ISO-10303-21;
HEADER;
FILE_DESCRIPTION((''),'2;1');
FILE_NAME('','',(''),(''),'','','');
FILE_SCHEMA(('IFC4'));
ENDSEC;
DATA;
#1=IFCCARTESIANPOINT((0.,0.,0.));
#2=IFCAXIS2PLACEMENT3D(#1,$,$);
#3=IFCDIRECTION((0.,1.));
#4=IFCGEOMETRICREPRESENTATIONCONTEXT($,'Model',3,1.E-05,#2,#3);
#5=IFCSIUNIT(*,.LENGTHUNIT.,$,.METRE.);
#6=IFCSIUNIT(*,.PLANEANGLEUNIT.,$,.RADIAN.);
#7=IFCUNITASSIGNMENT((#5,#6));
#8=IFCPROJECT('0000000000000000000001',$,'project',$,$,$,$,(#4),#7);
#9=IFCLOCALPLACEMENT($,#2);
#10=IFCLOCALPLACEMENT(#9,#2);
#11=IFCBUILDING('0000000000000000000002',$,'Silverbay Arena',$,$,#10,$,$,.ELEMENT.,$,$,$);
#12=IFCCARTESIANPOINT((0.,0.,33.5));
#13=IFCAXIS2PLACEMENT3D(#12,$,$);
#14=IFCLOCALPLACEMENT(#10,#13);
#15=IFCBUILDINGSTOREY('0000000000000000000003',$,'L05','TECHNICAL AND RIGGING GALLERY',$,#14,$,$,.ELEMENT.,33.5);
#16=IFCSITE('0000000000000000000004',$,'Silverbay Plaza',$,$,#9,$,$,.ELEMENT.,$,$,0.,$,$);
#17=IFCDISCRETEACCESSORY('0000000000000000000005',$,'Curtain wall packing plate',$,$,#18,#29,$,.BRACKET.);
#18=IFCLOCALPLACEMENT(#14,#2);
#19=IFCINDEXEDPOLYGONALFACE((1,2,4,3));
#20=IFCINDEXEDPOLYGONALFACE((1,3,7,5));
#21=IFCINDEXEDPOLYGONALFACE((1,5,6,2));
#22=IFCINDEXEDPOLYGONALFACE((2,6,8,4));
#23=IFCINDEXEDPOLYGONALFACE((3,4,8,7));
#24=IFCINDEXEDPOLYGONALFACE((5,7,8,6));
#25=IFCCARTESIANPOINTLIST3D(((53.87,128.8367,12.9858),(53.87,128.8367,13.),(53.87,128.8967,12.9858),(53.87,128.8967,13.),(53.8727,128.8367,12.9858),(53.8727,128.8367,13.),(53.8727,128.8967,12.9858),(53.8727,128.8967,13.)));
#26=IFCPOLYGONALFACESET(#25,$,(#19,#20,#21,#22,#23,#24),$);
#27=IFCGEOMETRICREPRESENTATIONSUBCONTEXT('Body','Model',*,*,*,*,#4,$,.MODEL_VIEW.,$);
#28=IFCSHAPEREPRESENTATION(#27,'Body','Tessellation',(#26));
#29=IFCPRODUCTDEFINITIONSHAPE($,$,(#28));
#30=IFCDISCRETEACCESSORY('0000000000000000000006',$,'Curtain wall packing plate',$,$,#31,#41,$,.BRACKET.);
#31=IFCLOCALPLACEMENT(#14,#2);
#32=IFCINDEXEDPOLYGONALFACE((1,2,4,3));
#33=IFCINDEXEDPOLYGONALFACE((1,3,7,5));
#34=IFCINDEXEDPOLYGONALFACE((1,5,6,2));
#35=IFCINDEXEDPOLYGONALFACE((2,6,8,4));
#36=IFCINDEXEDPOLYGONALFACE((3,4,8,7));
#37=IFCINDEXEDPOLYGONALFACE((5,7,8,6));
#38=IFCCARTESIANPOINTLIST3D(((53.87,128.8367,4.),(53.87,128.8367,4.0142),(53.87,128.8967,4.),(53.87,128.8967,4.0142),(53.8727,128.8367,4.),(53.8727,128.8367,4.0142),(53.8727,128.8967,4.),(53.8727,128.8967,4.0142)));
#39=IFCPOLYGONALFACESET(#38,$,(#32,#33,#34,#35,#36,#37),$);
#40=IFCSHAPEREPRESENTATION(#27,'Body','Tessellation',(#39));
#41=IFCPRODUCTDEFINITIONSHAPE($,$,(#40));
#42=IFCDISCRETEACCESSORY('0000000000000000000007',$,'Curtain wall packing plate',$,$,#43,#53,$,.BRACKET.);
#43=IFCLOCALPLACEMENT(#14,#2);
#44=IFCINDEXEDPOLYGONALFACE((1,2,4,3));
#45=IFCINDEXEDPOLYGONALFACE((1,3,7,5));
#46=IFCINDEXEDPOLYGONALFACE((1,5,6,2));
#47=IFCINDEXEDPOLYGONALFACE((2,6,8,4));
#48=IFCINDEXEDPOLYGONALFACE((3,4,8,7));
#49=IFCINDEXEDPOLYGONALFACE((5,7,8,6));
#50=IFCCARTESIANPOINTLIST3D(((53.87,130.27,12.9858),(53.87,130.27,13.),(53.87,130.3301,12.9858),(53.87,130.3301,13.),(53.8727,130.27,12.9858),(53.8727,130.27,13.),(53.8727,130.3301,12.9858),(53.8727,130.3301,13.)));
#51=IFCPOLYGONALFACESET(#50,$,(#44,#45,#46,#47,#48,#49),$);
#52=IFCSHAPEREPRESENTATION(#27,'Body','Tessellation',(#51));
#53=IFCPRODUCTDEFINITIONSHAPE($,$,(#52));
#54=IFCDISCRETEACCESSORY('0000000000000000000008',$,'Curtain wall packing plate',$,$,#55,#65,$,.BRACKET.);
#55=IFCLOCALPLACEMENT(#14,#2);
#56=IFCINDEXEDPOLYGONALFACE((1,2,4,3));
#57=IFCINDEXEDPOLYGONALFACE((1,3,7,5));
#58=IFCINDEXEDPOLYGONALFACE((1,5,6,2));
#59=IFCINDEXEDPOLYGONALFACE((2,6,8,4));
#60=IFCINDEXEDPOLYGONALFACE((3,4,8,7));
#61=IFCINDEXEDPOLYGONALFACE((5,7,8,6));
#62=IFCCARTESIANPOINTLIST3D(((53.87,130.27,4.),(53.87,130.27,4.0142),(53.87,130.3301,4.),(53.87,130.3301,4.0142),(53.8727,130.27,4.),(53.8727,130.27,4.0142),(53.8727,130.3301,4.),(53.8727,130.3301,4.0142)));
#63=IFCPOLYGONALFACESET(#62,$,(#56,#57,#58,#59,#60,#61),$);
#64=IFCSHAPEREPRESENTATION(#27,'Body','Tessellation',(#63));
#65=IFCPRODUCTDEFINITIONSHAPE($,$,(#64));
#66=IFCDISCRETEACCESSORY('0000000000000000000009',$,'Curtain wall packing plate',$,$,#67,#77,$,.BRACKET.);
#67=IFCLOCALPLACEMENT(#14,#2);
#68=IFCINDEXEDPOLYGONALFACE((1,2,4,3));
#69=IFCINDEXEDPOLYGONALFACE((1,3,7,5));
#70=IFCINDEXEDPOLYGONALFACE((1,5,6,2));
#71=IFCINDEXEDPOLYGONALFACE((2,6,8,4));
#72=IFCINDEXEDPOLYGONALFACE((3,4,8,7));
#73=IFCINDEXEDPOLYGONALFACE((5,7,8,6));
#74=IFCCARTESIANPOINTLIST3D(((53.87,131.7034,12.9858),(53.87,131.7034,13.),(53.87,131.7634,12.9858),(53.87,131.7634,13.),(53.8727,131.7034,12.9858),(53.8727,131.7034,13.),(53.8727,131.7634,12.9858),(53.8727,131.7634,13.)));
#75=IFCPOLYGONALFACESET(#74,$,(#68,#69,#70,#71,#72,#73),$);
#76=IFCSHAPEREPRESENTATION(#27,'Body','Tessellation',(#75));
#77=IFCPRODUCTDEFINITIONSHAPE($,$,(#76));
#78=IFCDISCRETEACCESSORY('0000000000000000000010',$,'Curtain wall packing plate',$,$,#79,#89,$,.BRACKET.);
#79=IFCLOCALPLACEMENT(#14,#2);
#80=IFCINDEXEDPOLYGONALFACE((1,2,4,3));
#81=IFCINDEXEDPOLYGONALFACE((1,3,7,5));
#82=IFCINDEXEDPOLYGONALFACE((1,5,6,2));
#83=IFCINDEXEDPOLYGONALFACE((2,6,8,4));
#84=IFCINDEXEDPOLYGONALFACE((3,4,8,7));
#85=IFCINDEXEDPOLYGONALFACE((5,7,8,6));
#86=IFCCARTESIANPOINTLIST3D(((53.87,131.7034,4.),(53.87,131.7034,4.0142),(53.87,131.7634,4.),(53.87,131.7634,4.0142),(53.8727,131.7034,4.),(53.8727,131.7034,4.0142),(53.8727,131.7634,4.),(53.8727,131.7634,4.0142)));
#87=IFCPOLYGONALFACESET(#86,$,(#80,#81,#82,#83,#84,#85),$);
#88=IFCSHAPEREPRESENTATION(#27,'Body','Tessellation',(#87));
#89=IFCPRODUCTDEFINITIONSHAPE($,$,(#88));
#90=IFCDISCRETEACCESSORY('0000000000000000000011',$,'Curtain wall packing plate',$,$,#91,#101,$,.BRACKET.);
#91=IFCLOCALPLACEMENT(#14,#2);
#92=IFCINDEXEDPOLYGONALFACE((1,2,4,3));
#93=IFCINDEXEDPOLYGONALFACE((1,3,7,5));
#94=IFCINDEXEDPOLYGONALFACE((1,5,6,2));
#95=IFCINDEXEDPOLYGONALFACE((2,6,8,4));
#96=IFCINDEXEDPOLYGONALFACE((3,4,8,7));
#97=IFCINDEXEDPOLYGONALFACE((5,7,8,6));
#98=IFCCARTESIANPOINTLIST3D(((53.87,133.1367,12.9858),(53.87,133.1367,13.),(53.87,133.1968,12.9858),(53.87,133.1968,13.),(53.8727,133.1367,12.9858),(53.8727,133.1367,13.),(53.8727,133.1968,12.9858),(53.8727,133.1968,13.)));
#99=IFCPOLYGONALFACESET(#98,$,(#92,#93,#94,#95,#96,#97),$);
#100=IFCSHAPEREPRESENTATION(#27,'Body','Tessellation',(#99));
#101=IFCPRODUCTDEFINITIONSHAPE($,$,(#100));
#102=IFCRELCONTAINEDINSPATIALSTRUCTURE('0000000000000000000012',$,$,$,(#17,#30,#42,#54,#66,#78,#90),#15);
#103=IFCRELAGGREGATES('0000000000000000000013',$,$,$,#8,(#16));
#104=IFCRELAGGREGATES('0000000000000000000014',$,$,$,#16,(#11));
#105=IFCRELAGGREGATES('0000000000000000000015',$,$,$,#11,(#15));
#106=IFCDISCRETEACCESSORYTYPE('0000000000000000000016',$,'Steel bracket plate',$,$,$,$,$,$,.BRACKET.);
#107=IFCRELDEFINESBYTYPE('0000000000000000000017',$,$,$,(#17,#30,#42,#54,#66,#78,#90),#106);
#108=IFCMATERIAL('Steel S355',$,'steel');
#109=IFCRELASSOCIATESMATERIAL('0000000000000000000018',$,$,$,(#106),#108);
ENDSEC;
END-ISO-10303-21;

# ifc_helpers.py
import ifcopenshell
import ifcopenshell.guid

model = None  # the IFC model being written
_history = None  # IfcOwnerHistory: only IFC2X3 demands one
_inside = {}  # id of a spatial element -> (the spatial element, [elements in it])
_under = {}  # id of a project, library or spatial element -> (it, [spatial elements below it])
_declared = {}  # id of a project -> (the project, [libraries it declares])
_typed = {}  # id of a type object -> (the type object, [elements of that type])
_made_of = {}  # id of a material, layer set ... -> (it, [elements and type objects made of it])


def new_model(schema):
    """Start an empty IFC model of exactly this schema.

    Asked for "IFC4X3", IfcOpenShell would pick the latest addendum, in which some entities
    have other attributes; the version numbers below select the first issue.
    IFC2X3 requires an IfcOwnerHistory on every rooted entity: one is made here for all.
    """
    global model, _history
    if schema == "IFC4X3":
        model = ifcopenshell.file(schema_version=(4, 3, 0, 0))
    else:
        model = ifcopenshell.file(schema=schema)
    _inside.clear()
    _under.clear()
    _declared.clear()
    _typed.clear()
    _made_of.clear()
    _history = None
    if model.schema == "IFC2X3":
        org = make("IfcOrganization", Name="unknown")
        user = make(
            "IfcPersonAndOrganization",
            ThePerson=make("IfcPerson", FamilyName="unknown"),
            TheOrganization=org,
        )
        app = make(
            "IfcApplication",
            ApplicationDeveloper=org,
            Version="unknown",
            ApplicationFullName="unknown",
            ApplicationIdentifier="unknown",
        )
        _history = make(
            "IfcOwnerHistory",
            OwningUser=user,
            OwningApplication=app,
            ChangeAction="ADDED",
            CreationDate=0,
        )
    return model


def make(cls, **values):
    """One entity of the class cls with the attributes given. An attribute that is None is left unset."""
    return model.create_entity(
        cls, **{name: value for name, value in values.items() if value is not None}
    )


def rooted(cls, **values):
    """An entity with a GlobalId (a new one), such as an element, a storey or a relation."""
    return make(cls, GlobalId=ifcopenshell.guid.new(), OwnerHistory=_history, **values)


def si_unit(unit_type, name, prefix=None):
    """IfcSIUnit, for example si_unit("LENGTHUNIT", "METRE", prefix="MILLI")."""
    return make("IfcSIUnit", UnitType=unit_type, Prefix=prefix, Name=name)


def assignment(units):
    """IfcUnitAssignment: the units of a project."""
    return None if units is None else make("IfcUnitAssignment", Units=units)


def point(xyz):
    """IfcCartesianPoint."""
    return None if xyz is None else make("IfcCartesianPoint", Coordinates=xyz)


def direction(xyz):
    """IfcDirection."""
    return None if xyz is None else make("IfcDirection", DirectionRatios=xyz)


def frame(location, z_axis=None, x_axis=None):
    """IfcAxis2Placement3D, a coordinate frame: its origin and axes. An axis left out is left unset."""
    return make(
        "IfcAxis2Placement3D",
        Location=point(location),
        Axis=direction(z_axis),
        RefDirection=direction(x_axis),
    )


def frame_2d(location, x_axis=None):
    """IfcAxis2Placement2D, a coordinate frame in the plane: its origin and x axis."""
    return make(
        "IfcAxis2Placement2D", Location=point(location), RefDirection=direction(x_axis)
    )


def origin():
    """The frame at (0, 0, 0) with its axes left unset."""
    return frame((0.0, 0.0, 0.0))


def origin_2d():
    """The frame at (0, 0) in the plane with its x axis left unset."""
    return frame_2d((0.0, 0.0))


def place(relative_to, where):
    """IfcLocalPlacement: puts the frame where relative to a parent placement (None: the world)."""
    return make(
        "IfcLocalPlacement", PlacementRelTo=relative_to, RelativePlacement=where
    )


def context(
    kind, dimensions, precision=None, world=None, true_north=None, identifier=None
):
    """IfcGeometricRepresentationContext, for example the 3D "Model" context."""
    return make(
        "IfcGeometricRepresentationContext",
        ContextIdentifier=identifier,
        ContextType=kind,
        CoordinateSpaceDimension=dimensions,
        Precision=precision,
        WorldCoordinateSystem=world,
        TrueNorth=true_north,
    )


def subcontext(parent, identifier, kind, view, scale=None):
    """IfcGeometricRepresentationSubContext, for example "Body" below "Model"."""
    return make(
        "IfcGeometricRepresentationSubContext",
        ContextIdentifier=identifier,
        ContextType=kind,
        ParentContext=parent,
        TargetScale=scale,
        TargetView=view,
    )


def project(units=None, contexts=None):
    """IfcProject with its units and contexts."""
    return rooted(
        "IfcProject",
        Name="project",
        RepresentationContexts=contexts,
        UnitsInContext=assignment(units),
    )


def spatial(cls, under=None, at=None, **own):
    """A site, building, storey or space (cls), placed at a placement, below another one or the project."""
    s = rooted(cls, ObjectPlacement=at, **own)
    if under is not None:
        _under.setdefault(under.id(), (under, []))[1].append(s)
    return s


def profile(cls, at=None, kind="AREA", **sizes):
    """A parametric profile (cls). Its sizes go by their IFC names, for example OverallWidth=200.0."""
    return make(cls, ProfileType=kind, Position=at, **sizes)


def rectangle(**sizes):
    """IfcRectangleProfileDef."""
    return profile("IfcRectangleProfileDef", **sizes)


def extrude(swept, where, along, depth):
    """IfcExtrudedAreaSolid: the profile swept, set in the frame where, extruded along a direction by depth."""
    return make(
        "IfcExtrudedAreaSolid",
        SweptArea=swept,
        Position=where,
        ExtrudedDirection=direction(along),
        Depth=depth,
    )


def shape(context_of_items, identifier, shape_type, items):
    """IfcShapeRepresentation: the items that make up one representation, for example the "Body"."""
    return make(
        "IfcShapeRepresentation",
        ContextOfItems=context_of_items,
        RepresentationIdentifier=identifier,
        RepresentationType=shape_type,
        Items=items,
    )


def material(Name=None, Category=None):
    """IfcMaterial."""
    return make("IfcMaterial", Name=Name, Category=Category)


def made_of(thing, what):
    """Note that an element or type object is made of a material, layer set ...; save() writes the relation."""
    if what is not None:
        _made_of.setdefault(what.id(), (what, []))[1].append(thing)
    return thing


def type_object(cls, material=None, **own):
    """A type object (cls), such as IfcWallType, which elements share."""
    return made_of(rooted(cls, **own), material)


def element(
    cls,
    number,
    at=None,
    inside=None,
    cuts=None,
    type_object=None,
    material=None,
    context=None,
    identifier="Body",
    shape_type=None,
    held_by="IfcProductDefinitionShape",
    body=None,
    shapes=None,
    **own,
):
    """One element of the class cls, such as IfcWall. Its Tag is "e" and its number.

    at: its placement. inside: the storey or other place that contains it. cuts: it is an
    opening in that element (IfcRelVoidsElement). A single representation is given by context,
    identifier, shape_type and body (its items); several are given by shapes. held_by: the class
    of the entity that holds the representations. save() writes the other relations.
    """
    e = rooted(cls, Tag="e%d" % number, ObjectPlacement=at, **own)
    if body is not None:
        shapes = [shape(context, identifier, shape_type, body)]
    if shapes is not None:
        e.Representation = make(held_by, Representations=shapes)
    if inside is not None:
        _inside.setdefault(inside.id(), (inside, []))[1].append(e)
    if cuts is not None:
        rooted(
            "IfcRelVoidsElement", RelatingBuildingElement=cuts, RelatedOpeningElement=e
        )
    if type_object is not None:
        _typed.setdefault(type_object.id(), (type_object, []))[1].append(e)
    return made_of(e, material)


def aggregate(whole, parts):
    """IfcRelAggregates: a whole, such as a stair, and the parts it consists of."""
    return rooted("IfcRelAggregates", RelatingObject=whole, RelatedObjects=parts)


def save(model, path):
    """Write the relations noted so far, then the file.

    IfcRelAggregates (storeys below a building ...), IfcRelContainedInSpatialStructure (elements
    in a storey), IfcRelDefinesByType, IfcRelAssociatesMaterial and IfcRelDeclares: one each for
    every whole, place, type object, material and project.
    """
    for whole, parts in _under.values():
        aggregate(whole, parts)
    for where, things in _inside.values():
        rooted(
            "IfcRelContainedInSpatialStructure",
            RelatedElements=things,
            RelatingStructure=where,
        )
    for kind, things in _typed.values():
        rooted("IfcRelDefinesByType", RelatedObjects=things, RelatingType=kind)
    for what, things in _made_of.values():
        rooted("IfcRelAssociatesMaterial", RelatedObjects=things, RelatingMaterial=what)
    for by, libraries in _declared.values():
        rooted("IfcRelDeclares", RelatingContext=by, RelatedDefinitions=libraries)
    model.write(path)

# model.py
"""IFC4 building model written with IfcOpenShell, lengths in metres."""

from ifc_helpers import new_model, si_unit, direction, frame, origin, origin_2d, place, context, subcontext, project, spatial, rectangle, extrude, material, type_object, element, save


model = new_model("IFC4")

# Units and contexts
model_context = context("Model", 3, precision=1e-05, world=origin(), true_north=direction((0.0, 1.0)))
body_context = subcontext(model_context, "Body", "Model", "MODEL_VIEW")
ifc_project = project(units=[si_unit("LENGTHUNIT", "METRE"), si_unit("PLANEANGLEUNIT", "RADIAN")], contexts=[model_context])

# Site, building, storey
site_placement = place(None, origin())
site = spatial("IfcSite", under=ifc_project, at=site_placement, Name="Silverbay Plaza", CompositionType="ELEMENT", RefElevation=0.0)
building_placement = place(site_placement, origin())
building = spatial("IfcBuilding", under=site, at=building_placement, Name="Silverbay Arena", CompositionType="ELEMENT")
storey_placement = place(building_placement, frame((0.0, 0.0, 33.5)))
storey = spatial("IfcBuildingStorey", under=building, at=storey_placement, Name="L05", Description="TECHNICAL AND RIGGING GALLERY", CompositionType="ELEMENT", Elevation=33.5)

# Discrete accessories
ifc_material_1 = material(Name="Steel S355", Category="steel")
discrete_accessory_type_1 = type_object("IfcDiscreteAccessoryType", Name="Steel bracket plate", PredefinedType="BRACKET", material=ifc_material_1)
for number, where, z_axis, x_axis, name in (
    (1, (53.8713, 128.8667, 12.9858), (0.0, 0.0, 1.0), (1.0, 0.0, 0.0), "Curtain wall packing plate"),
    (2, (53.8713, 128.8667, 4.0), (0.0, 0.0, 1.0), (1.0, 0.0, 0.0), "Curtain wall packing plate"),
    (3, (53.8713, 130.3, 12.9858), (0.0, 0.0, 1.0), (1.0, 0.0, 0.0), "Curtain wall packing plate"),
    (4, (53.8713, 130.3, 4.0), (0.0, 0.0, 1.0), (1.0, 0.0, 0.0), "Curtain wall packing plate"),
    (5, (53.8713, 131.7334, 12.9858), (0.0, 0.0, 1.0), (1.0, 0.0, 0.0), "Curtain wall packing plate"),
    (6, (53.8713, 131.7334, 4.0), (0.0, 0.0, 1.0), (1.0, 0.0, 0.0), "Curtain wall packing plate"),
    (7, (53.8713, 133.1667, 12.9858), (0.0, 0.0, 1.0), (1.0, 0.0, 0.0), "Curtain wall packing plate"),
):
    element("IfcDiscreteAccessory", number, at=place(storey_placement, frame(where, z_axis=z_axis, x_axis=x_axis)), inside=storey, type_object=discrete_accessory_type_1, Name=name, PredefinedType="BRACKET", context=body_context, shape_type="SweptSolid", body=[
        extrude(rectangle(XDim=0.0027, YDim=0.0601, at=origin_2d()), origin(), (0.0, 0.0, 1.0), 0.0142),
    ])

save(model, "model.ifc")
